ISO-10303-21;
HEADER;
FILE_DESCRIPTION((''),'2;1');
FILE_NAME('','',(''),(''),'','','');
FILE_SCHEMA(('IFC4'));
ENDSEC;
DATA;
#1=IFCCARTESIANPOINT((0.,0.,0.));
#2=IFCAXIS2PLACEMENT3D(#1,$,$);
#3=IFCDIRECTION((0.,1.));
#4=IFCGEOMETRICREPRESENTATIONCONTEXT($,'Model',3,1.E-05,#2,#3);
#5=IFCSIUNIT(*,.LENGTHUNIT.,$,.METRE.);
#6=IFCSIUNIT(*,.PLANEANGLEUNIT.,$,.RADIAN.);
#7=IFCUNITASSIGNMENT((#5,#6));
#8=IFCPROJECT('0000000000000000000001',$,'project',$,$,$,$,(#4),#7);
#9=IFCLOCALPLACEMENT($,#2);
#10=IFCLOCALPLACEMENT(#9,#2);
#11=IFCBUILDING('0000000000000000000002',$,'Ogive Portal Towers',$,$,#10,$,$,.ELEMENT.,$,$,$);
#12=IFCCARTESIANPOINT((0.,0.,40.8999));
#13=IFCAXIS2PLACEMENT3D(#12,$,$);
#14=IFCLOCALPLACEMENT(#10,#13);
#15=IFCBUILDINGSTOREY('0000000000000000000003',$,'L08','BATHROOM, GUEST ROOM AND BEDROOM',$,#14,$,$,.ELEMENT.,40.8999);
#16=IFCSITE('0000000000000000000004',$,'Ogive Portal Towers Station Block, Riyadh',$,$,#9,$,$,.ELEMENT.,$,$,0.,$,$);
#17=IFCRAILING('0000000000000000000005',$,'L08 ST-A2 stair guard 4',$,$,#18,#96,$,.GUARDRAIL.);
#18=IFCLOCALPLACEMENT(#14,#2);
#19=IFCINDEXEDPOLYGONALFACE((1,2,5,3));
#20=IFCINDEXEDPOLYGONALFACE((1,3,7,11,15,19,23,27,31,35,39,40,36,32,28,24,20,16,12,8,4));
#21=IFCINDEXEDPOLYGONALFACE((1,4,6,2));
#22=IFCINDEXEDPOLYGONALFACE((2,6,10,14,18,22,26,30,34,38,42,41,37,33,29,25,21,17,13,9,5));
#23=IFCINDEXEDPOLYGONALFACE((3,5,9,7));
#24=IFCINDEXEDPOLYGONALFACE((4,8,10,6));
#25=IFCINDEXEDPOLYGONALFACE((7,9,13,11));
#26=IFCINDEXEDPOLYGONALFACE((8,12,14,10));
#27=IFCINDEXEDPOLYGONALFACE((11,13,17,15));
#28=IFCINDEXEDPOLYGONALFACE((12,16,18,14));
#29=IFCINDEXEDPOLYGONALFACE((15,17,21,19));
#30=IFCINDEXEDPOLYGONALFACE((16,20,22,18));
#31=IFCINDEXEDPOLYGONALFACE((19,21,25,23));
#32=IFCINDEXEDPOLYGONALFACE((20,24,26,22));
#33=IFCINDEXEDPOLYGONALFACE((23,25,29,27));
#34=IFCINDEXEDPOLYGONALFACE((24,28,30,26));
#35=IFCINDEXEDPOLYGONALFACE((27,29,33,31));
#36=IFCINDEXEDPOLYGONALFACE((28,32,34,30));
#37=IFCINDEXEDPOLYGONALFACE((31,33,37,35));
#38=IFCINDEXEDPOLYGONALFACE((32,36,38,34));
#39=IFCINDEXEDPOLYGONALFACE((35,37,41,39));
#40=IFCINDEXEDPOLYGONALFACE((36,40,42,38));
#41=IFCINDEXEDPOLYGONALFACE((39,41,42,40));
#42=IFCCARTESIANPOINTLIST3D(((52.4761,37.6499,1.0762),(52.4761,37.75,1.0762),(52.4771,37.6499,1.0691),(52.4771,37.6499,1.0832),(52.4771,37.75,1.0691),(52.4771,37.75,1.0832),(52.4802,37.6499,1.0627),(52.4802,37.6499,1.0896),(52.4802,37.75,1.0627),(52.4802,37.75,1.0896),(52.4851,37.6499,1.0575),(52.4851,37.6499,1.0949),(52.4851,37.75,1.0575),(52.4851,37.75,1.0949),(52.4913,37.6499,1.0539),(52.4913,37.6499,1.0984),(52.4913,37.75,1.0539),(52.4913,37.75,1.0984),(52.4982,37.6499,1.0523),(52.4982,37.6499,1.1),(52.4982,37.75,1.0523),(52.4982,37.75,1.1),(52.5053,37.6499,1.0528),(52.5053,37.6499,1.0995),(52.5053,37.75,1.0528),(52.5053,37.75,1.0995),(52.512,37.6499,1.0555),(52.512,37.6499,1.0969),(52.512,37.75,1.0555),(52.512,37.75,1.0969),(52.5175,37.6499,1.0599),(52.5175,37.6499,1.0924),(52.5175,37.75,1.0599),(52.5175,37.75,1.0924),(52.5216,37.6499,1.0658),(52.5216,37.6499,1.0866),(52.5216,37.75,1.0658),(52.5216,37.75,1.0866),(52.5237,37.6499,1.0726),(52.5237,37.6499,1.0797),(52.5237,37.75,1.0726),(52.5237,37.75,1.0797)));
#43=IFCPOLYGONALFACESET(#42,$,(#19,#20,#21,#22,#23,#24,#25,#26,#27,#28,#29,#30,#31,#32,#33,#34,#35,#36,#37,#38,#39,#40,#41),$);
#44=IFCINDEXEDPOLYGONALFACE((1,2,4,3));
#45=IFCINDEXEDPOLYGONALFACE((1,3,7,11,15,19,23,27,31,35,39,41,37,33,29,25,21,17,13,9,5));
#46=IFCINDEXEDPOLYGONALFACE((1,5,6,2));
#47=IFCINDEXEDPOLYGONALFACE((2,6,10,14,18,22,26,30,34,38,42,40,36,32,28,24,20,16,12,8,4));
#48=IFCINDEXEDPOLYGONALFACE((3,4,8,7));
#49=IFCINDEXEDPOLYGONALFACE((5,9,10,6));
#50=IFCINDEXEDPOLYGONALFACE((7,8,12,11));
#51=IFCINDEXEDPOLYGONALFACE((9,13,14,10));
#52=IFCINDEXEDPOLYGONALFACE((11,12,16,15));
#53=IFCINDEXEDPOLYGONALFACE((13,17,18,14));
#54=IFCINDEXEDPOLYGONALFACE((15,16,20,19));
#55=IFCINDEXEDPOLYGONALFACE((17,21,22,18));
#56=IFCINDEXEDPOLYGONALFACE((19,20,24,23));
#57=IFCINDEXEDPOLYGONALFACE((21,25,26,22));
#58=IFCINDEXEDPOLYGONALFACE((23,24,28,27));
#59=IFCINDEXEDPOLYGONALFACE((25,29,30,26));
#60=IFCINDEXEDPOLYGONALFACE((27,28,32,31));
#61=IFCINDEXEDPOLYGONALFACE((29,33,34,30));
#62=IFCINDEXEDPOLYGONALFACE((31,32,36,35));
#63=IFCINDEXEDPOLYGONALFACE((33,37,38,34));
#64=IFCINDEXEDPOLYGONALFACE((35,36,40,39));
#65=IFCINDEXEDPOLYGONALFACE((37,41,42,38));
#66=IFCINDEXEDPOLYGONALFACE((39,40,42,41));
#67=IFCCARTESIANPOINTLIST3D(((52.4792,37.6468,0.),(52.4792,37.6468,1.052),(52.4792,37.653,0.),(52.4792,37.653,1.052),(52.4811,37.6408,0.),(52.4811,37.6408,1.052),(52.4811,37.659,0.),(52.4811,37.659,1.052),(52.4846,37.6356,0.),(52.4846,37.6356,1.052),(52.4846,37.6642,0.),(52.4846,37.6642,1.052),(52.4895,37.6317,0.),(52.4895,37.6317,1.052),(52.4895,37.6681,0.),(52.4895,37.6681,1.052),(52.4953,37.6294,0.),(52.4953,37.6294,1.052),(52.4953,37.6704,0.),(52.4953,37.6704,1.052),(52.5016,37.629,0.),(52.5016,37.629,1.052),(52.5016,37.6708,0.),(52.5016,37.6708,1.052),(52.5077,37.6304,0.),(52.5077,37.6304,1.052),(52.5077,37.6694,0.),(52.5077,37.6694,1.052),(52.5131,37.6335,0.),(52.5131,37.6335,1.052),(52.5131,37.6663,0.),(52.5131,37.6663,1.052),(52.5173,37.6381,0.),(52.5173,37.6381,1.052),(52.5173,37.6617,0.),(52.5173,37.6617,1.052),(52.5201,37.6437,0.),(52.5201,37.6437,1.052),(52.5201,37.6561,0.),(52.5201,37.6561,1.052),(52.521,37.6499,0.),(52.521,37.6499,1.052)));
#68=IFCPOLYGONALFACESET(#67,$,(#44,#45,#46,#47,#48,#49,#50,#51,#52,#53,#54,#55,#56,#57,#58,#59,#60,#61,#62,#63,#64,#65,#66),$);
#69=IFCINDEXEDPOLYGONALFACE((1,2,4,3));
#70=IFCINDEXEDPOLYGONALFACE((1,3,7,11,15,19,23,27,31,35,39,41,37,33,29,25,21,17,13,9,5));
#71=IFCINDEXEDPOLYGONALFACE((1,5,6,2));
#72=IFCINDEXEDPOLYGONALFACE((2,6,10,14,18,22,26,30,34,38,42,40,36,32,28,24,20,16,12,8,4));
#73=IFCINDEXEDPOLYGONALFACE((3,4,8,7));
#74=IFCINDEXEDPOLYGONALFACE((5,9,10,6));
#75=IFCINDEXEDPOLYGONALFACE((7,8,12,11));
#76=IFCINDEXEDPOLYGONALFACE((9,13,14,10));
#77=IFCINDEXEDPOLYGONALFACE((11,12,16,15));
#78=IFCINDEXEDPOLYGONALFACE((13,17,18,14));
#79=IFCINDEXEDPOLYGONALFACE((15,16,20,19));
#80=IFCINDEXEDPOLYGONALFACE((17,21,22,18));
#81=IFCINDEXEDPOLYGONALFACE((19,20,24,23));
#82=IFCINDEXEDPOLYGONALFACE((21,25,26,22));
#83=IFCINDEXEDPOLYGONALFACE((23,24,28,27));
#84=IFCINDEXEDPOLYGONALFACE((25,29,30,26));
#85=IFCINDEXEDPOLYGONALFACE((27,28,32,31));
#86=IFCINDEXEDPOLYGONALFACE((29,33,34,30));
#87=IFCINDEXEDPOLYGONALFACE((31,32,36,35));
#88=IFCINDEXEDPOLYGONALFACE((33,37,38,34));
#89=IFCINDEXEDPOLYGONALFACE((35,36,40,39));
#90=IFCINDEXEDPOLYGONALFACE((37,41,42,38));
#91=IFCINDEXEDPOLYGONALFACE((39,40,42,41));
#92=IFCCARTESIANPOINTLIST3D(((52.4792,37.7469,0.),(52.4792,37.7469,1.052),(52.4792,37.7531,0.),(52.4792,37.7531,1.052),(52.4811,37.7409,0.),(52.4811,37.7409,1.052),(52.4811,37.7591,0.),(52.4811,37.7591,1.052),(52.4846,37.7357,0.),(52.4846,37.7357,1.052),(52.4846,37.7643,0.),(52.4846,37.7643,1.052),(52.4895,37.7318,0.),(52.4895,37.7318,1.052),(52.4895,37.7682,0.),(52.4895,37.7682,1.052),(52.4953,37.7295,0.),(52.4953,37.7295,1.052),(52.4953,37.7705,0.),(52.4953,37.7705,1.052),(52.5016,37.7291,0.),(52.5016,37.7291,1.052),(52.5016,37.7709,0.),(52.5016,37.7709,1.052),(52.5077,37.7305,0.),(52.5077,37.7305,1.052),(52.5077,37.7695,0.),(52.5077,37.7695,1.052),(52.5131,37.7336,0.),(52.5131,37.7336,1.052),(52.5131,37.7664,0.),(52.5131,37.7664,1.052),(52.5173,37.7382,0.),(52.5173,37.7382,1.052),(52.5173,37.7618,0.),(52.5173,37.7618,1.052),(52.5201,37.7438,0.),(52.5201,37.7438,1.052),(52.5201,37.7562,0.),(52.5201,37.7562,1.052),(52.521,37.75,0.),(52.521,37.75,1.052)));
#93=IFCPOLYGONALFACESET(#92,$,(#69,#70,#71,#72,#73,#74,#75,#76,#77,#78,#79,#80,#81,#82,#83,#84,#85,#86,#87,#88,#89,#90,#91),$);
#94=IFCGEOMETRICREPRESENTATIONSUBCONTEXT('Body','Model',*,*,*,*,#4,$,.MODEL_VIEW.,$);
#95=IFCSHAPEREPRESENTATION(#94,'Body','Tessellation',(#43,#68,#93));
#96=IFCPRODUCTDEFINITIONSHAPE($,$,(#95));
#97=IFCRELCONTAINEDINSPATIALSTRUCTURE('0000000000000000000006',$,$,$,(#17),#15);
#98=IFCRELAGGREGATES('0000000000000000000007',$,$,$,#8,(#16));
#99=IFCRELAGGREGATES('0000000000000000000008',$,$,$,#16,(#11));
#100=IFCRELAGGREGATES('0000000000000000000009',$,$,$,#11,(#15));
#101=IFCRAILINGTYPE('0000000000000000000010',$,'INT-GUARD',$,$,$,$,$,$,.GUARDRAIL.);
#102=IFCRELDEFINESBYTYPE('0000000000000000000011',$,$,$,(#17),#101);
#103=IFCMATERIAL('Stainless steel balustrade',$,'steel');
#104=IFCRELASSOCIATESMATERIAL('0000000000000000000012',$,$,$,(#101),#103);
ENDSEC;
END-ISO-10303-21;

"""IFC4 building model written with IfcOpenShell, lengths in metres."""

from ifc_helpers import new_model, si_unit, direction, frame, origin, origin_2d, place, context, subcontext, project, spatial, circle, extrude, material, type_object, element, save


model = new_model("IFC4")

# Units and contexts
model_context = context("Model", 3, precision=1e-05, world=origin(), true_north=direction((0.0, 1.0)))
body_context = subcontext(model_context, "Body", "Model", "MODEL_VIEW")
ifc_project = project(units=[si_unit("LENGTHUNIT", "METRE"), si_unit("PLANEANGLEUNIT", "RADIAN")], contexts=[model_context])

# Site, building, storey
site_placement = place(None, origin())
site = spatial("IfcSite", under=ifc_project, at=site_placement, Name="Ogive Portal Towers Station Block, Riyadh", CompositionType="ELEMENT", RefElevation=0.0)
building_placement = place(site_placement, origin())
building = spatial("IfcBuilding", under=site, at=building_placement, Name="Ogive Portal Towers", CompositionType="ELEMENT")
storey_placement = place(building_placement, frame((0.0, 0.0, 40.8999)))
storey = spatial("IfcBuildingStorey", under=building, at=storey_placement, Name="L08", Description="BATHROOM, GUEST ROOM AND BEDROOM", CompositionType="ELEMENT", Elevation=40.8999)

# Railing
ifc_material_1 = material(Name="Stainless steel balustrade", Category="steel")
railing_type_1 = type_object("IfcRailingType", Name="INT-GUARD", PredefinedType="GUARDRAIL", material=ifc_material_1)
railing_1_placement = place(storey_placement, frame((52.5, 37.6499, 0.0)))
element("IfcRailing", 1, at=railing_1_placement, inside=storey, type_object=railing_type_1, Name="L08 ST-A2 stair guard 4", PredefinedType="GUARDRAIL", context=body_context, shape_type="SweptSolid", body=[
    extrude(circle(Radius=0.0239, at=origin_2d()), frame((0.0, 0.0, 1.0762), z_axis=(0.0, 1.0, 0.0), x_axis=(-1.0, 0.0, 0.0)), (0.0, 0.0, 1.0), 0.1001),
    extrude(circle(Radius=0.021, at=origin_2d()), origin(), (0.0, 0.0, 1.0), 1.052),
    extrude(circle(Radius=0.021, at=origin_2d()), frame((0.0, 0.1001, 0.0)), (0.0, 0.0, 1.0), 1.052),
])

save(model, "model.ifc")
